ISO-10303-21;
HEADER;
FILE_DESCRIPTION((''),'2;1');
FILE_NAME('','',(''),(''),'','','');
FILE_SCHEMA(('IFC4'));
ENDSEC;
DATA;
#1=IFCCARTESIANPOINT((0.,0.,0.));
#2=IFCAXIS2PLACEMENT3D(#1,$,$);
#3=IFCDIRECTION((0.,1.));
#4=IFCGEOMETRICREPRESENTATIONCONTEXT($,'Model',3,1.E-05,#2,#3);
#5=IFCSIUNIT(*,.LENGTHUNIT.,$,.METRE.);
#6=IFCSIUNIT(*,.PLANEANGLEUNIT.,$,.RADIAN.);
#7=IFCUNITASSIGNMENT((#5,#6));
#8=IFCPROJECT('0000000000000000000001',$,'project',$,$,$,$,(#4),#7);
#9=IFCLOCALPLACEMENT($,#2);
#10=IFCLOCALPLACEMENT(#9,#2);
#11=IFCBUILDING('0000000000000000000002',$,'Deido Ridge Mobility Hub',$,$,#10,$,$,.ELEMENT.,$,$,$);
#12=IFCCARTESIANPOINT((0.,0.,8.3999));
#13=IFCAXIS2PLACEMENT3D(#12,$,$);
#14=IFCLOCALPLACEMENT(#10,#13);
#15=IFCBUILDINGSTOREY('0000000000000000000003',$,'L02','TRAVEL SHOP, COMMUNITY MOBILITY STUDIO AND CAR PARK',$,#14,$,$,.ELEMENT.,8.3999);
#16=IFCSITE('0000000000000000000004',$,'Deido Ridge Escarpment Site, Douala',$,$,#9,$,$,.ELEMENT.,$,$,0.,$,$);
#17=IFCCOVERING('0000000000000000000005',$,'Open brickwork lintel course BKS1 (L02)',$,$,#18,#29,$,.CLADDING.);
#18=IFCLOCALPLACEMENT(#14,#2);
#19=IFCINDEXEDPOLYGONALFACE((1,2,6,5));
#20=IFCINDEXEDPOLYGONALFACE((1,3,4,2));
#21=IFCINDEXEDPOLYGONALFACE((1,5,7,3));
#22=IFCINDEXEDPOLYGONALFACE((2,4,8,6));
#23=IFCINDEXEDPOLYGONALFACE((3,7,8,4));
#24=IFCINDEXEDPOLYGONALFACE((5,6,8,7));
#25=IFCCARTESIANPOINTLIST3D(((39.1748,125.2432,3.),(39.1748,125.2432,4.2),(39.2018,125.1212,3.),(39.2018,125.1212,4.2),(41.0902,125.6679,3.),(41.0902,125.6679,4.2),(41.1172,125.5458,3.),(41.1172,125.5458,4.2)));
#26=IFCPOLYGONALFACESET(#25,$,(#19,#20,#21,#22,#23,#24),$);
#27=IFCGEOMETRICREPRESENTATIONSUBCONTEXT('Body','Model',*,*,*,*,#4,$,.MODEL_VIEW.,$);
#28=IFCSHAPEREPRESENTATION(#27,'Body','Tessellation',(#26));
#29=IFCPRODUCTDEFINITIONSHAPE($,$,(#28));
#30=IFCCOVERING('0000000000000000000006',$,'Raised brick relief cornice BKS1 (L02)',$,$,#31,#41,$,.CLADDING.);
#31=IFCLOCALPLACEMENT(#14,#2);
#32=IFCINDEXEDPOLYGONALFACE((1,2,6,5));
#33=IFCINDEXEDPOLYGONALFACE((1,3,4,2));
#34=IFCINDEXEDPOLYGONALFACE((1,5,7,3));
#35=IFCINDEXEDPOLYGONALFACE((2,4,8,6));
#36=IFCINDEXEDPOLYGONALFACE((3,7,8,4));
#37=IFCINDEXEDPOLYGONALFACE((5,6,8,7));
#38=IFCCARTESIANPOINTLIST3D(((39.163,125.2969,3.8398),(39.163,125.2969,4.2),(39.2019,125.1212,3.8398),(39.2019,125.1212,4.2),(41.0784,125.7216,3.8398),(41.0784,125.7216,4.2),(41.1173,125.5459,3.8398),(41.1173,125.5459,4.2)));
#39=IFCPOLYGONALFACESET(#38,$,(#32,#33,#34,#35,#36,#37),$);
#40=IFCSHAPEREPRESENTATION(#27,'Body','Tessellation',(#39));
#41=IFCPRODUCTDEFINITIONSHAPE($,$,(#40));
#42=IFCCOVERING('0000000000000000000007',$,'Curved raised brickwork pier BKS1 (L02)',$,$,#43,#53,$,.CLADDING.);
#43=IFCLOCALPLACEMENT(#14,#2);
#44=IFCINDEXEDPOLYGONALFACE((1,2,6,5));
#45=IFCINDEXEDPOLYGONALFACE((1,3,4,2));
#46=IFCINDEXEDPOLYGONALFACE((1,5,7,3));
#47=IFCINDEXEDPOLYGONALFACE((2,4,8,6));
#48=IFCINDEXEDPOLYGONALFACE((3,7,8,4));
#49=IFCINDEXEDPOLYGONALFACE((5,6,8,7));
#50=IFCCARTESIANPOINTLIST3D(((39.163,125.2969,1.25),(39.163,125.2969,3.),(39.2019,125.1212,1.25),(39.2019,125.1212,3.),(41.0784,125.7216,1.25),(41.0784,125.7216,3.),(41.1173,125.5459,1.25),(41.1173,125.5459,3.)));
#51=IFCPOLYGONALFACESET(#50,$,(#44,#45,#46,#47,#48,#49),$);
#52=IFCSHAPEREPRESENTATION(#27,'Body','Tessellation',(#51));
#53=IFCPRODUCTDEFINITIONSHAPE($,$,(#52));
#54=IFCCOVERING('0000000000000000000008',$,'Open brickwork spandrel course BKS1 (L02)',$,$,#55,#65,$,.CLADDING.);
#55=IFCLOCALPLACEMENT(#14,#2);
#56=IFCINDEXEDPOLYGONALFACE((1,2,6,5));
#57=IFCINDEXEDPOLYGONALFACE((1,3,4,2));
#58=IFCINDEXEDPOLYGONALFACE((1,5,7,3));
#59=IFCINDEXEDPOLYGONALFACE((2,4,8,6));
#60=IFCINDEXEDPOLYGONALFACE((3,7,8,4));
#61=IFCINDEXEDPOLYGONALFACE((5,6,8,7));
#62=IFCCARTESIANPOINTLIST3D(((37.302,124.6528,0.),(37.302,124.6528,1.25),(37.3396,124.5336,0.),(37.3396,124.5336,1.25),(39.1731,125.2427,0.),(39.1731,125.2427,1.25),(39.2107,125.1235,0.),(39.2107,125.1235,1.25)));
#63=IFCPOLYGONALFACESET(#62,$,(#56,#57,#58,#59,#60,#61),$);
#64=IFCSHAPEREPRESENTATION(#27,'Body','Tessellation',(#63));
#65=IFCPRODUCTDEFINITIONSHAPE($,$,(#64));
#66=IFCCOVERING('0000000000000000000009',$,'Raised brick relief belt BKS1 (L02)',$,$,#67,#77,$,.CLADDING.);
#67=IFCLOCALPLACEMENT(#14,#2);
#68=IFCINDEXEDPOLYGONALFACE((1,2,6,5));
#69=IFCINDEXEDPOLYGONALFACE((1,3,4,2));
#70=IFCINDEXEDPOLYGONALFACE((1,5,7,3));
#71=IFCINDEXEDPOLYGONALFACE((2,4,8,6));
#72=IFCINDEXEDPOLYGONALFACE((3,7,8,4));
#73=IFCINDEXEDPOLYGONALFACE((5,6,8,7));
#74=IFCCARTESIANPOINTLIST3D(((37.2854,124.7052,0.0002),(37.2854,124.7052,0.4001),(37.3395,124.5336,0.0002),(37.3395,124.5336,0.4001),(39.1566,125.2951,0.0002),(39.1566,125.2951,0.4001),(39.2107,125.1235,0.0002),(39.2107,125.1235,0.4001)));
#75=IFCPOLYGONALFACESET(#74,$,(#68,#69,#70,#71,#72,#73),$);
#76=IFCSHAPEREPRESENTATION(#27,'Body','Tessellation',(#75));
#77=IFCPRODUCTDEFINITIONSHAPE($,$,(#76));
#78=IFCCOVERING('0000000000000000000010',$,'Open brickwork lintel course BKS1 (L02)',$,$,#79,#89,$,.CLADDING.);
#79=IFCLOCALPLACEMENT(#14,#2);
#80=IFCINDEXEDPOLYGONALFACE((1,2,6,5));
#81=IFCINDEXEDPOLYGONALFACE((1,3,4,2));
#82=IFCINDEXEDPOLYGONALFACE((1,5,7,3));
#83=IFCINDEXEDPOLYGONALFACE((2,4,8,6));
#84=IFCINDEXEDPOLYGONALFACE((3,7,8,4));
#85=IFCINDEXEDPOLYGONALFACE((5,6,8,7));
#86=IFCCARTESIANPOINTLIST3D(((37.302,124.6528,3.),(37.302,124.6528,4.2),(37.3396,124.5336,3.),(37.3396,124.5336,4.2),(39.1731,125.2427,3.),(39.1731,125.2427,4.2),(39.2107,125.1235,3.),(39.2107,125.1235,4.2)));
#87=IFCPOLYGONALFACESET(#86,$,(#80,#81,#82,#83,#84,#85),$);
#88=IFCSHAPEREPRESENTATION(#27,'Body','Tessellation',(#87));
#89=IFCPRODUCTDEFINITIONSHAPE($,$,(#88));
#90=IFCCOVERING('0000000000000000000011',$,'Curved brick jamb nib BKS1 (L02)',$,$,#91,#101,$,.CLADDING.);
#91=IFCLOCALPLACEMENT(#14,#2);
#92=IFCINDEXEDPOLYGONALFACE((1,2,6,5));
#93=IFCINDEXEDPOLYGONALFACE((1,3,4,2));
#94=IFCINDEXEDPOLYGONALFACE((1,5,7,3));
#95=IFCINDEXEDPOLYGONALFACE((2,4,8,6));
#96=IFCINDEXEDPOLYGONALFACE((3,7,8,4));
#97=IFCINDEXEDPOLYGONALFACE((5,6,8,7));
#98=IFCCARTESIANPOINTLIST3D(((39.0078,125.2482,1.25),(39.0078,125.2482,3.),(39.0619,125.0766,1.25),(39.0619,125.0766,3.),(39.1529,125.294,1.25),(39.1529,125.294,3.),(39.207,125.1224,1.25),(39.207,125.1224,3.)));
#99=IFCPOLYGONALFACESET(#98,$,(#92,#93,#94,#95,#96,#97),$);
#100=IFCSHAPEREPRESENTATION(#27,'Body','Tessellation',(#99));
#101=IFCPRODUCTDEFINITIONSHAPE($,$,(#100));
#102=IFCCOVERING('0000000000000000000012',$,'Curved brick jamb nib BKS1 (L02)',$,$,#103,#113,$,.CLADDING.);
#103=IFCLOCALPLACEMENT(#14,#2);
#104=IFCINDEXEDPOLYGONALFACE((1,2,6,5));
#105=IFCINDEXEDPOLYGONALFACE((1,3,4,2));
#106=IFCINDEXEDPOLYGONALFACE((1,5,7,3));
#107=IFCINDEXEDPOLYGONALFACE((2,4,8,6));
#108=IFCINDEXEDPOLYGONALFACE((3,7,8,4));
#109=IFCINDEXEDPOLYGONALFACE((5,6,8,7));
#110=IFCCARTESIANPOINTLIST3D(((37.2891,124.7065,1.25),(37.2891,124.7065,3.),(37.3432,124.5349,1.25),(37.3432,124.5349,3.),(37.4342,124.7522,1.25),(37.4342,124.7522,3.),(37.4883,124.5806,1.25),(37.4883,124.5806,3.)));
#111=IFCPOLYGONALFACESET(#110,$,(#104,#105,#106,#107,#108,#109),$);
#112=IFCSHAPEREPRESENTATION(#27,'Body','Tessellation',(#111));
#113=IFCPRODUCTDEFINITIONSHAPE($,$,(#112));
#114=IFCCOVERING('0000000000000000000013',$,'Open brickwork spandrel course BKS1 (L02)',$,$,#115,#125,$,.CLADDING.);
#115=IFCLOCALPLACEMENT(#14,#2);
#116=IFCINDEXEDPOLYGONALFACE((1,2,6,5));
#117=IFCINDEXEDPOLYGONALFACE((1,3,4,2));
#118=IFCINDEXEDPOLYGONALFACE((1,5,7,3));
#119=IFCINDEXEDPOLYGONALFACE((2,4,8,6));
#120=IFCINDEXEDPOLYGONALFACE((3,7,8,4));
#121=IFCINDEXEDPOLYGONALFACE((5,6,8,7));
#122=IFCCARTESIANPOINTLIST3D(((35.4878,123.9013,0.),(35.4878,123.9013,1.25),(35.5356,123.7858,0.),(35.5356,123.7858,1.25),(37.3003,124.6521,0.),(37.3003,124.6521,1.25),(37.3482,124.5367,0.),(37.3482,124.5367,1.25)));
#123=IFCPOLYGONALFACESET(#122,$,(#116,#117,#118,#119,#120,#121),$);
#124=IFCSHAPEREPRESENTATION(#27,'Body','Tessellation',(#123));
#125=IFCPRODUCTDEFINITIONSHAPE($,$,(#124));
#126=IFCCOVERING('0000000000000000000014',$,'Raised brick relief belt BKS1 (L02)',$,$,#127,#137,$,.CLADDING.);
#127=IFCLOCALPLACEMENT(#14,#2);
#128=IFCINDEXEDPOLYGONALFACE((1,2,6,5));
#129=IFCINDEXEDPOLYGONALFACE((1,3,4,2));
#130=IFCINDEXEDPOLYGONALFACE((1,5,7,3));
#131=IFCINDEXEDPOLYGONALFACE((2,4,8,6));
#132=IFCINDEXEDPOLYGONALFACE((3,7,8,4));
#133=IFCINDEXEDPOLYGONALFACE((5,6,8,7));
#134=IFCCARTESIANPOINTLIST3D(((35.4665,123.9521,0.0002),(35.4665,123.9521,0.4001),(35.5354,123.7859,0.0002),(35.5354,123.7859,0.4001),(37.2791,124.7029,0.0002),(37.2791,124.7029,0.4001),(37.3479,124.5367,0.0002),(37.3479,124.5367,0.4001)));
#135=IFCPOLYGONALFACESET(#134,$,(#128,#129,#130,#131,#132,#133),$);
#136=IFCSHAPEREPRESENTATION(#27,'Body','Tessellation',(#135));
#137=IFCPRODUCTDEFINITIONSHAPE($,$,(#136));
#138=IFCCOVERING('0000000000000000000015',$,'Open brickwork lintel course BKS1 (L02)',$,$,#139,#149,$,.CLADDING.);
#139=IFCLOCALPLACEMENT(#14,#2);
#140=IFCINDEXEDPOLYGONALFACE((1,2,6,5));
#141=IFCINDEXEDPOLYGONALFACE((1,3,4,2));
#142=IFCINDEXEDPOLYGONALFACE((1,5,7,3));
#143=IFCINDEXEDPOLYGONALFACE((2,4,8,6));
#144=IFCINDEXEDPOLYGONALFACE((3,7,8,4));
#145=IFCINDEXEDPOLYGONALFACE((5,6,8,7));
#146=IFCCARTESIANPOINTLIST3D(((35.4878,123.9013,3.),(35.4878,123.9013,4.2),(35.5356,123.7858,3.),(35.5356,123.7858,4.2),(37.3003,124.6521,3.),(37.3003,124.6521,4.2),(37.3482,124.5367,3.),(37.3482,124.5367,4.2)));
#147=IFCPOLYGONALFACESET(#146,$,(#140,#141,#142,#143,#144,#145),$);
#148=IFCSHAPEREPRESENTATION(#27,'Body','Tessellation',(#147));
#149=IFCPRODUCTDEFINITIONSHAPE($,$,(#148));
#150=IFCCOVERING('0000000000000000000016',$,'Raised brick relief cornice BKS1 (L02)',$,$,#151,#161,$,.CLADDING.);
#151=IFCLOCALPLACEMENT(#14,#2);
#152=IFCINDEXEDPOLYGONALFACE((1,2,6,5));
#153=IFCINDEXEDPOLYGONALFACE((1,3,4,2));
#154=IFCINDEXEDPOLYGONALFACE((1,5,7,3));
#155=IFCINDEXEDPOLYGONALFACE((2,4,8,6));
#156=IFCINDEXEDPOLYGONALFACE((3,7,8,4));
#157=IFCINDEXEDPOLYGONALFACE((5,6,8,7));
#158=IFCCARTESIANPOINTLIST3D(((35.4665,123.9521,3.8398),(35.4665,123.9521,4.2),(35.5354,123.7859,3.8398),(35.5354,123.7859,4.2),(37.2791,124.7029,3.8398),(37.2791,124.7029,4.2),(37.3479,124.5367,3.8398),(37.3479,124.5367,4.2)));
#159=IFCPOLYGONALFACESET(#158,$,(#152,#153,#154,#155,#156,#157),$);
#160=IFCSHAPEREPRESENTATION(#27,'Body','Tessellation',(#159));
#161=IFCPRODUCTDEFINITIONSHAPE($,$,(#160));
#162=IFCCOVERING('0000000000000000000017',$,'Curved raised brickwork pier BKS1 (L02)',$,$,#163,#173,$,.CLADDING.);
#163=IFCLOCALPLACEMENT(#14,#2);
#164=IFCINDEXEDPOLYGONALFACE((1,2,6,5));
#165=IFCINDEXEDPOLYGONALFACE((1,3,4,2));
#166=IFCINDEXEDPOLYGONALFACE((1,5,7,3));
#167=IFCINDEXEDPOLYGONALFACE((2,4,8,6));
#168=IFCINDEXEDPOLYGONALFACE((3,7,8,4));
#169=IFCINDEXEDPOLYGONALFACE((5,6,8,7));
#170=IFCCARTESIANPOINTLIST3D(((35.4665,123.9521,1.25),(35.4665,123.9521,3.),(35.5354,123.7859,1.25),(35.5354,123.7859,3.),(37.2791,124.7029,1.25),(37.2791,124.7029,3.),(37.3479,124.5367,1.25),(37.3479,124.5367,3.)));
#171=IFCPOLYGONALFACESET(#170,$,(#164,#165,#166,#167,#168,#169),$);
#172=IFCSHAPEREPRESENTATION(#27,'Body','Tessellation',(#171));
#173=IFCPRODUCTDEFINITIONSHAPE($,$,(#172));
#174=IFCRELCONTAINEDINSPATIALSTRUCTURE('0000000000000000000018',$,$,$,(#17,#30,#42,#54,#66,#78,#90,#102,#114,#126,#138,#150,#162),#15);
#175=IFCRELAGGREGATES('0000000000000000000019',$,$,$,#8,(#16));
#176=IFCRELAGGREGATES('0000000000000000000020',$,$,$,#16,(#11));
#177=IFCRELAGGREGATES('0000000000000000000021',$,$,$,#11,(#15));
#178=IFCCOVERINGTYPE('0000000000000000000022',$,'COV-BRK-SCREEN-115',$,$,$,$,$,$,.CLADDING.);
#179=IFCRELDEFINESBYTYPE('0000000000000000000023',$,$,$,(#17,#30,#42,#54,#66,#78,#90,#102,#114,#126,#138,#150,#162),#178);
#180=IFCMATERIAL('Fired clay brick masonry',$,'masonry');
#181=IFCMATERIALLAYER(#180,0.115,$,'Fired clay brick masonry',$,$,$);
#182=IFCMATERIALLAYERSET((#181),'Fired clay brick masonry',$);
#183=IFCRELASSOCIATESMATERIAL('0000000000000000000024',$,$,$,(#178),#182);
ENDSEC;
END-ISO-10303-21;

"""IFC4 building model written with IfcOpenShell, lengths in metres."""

from ifc_helpers import new_model, si_unit, direction, frame, origin, origin_2d, place, context, subcontext, project, spatial, rectangle, extrude, material, layer, layer_set, type_object, element, save


model = new_model("IFC4")

# Units and contexts
model_context = context("Model", 3, precision=1e-05, world=origin(), true_north=direction((0.0, 1.0)))
body_context = subcontext(model_context, "Body", "Model", "MODEL_VIEW")
ifc_project = project(units=[si_unit("LENGTHUNIT", "METRE"), si_unit("PLANEANGLEUNIT", "RADIAN")], contexts=[model_context])

# Site, building, storey
site_placement = place(None, origin())
site = spatial("IfcSite", under=ifc_project, at=site_placement, Name="Deido Ridge Escarpment Site, Douala", CompositionType="ELEMENT", RefElevation=0.0)
building_placement = place(site_placement, origin())
building = spatial("IfcBuilding", under=site, at=building_placement, Name="Deido Ridge Mobility Hub", CompositionType="ELEMENT")
storey_placement = place(building_placement, frame((0.0, 0.0, 8.3999)))
storey = spatial("IfcBuildingStorey", under=building, at=storey_placement, Name="L02", Description="TRAVEL SHOP, COMMUNITY MOBILITY STUDIO AND CAR PARK", CompositionType="ELEMENT", Elevation=8.3999)

# Coverings
ifc_material_1 = material(Name="Fired clay brick masonry", Category="masonry")
ifc_layer = layer(ifc_material_1, 0.115, Name="Fired clay brick masonry")
ifc_layer_set = layer_set([ifc_layer], Name="Fired clay brick masonry")
covering_type = type_object("IfcCoveringType", Name="COV-BRK-SCREEN-115", PredefinedType="CLADDING", material=ifc_layer_set)
covering_1_placement = place(storey_placement, frame((40.146, 125.3945, 3.0), z_axis=(0.0, 0.0, 1.0), x_axis=(-0.976292, -0.216457, 0.0)))
element("IfcCovering", 1, at=covering_1_placement, inside=storey, type_object=covering_type, Name="Open brickwork lintel course BKS1 (L02)", PredefinedType="CLADDING", context=body_context, shape_type="SweptSolid", body=[
    extrude(rectangle(XDim=1.9619, YDim=0.125, at=origin_2d()), origin(), (0.0, 0.0, 1.0), 1.2),
])
covering_2_placement = place(storey_placement, frame((40.1401, 125.4214, 3.8398), z_axis=(0.0, 0.0, 1.0), x_axis=(-0.976292, -0.216457, 0.0)))
element("IfcCovering", 2, at=covering_2_placement, inside=storey, type_object=covering_type, Name="Raised brick relief cornice BKS1 (L02)", PredefinedType="CLADDING", context=body_context, shape_type="SweptSolid", body=[
    extrude(rectangle(XDim=1.9619, YDim=0.1799, at=origin_2d()), origin(), (0.0, 0.0, 1.0), 0.3601),
])
covering_3_placement = place(storey_placement, frame((40.1401, 125.4214, 1.25), z_axis=(0.0, 0.0, 1.0), x_axis=(-0.976292, -0.216457, 0.0)))
element("IfcCovering", 3, at=covering_3_placement, inside=storey, type_object=covering_type, Name="Curved raised brickwork pier BKS1 (L02)", PredefinedType="CLADDING", context=body_context, shape_type="SweptSolid", body=[
    extrude(rectangle(XDim=1.9619, YDim=0.1799, at=origin_2d()), origin(), (0.0, 0.0, 1.0), 1.75),
])
covering_4_placement = place(storey_placement, frame((38.2563, 124.8882, 0.0), z_axis=(0.0, 0.0, 1.0), x_axis=(-0.953727, -0.300673, 0.0)))
element("IfcCovering", 4, at=covering_4_placement, inside=storey, type_object=covering_type, Name="Open brickwork spandrel course BKS1 (L02)", PredefinedType="CLADDING", context=body_context, shape_type="SweptSolid", body=[
    extrude(rectangle(XDim=1.9619, YDim=0.125, at=origin_2d()), origin(), (0.0, 0.0, 1.0), 1.25),
])
covering_5_placement = place(storey_placement, frame((38.248, 124.9143, 0.0002), z_axis=(0.0, 0.0, 1.0), x_axis=(-0.953727, -0.300673, 0.0)))
element("IfcCovering", 5, at=covering_5_placement, inside=storey, type_object=covering_type, Name="Raised brick relief belt BKS1 (L02)", PredefinedType="CLADDING", context=body_context, shape_type="SweptSolid", body=[
    extrude(rectangle(XDim=1.9619, YDim=0.1799, at=origin_2d()), origin(), (0.0, 0.0, 1.0), 0.3999),
])
covering_6_placement = place(storey_placement, frame((38.2563, 124.8882, 3.0), z_axis=(0.0, 0.0, 1.0), x_axis=(-0.953727, -0.300673, 0.0)))
element("IfcCovering", 6, at=covering_6_placement, inside=storey, type_object=covering_type, Name="Open brickwork lintel course BKS1 (L02)", PredefinedType="CLADDING", context=body_context, shape_type="SweptSolid", body=[
    extrude(rectangle(XDim=1.9619, YDim=0.125, at=origin_2d()), origin(), (0.0, 0.0, 1.0), 1.2),
])
for number, where, z_axis, x_axis, name in (
    (7, (39.1074, 125.1853, 1.25), (0.0, 0.0, 1.0), (-0.953727, -0.300673, 0.0), "Curved brick jamb nib BKS1 (L02)"),
    (8, (37.3887, 124.6436, 1.25), (0.0, 0.0, 1.0), (-0.953727, -0.300673, 0.0), "Curved brick jamb nib BKS1 (L02)"),
):
    element("IfcCovering", number, at=place(storey_placement, frame(where, z_axis=z_axis, x_axis=x_axis)), inside=storey, type_object=covering_type, Name=name, PredefinedType="CLADDING", context=body_context, shape_type="SweptSolid", body=[
        extrude(rectangle(XDim=0.1521, YDim=0.1799, at=origin_2d()), origin(), (0.0, 0.0, 1.0), 1.75),
    ])
covering_7_placement = place(storey_placement, frame((36.418, 124.219, 0.0), z_axis=(0.0, 0.0, 1.0), x_axis=(-0.923873, -0.3827, 0.0)))
element("IfcCovering", 9, at=covering_7_placement, inside=storey, type_object=covering_type, Name="Open brickwork spandrel course BKS1 (L02)", PredefinedType="CLADDING", context=body_context, shape_type="SweptSolid", body=[
    extrude(rectangle(XDim=1.9619, YDim=0.125, at=origin_2d()), origin(), (0.0, 0.0, 1.0), 1.25),
])
covering_8_placement = place(storey_placement, frame((36.4072, 124.2444, 0.0002), z_axis=(0.0, 0.0, 1.0), x_axis=(-0.923873, -0.3827, 0.0)))
element("IfcCovering", 10, at=covering_8_placement, inside=storey, type_object=covering_type, Name="Raised brick relief belt BKS1 (L02)", PredefinedType="CLADDING", context=body_context, shape_type="SweptSolid", body=[
    extrude(rectangle(XDim=1.9619, YDim=0.1799, at=origin_2d()), origin(), (0.0, 0.0, 1.0), 0.3999),
])
covering_9_placement = place(storey_placement, frame((36.418, 124.219, 3.0), z_axis=(0.0, 0.0, 1.0), x_axis=(-0.923873, -0.3827, 0.0)))
element("IfcCovering", 11, at=covering_9_placement, inside=storey, type_object=covering_type, Name="Open brickwork lintel course BKS1 (L02)", PredefinedType="CLADDING", context=body_context, shape_type="SweptSolid", body=[
    extrude(rectangle(XDim=1.9619, YDim=0.125, at=origin_2d()), origin(), (0.0, 0.0, 1.0), 1.2),
])
covering_10_placement = place(storey_placement, frame((36.4072, 124.2444, 3.8398), z_axis=(0.0, 0.0, 1.0), x_axis=(-0.923873, -0.3827, 0.0)))
element("IfcCovering", 12, at=covering_10_placement, inside=storey, type_object=covering_type, Name="Raised brick relief cornice BKS1 (L02)", PredefinedType="CLADDING", context=body_context, shape_type="SweptSolid", body=[
    extrude(rectangle(XDim=1.9619, YDim=0.1799, at=origin_2d()), origin(), (0.0, 0.0, 1.0), 0.3601),
])
covering_11_placement = place(storey_placement, frame((36.4072, 124.2444, 1.25), z_axis=(0.0, 0.0, 1.0), x_axis=(-0.923873, -0.3827, 0.0)))
element("IfcCovering", 13, at=covering_11_placement, inside=storey, type_object=covering_type, Name="Curved raised brickwork pier BKS1 (L02)", PredefinedType="CLADDING", context=body_context, shape_type="SweptSolid", body=[
    extrude(rectangle(XDim=1.9619, YDim=0.1799, at=origin_2d()), origin(), (0.0, 0.0, 1.0), 1.75),
])

save(model, "model.ifc")
